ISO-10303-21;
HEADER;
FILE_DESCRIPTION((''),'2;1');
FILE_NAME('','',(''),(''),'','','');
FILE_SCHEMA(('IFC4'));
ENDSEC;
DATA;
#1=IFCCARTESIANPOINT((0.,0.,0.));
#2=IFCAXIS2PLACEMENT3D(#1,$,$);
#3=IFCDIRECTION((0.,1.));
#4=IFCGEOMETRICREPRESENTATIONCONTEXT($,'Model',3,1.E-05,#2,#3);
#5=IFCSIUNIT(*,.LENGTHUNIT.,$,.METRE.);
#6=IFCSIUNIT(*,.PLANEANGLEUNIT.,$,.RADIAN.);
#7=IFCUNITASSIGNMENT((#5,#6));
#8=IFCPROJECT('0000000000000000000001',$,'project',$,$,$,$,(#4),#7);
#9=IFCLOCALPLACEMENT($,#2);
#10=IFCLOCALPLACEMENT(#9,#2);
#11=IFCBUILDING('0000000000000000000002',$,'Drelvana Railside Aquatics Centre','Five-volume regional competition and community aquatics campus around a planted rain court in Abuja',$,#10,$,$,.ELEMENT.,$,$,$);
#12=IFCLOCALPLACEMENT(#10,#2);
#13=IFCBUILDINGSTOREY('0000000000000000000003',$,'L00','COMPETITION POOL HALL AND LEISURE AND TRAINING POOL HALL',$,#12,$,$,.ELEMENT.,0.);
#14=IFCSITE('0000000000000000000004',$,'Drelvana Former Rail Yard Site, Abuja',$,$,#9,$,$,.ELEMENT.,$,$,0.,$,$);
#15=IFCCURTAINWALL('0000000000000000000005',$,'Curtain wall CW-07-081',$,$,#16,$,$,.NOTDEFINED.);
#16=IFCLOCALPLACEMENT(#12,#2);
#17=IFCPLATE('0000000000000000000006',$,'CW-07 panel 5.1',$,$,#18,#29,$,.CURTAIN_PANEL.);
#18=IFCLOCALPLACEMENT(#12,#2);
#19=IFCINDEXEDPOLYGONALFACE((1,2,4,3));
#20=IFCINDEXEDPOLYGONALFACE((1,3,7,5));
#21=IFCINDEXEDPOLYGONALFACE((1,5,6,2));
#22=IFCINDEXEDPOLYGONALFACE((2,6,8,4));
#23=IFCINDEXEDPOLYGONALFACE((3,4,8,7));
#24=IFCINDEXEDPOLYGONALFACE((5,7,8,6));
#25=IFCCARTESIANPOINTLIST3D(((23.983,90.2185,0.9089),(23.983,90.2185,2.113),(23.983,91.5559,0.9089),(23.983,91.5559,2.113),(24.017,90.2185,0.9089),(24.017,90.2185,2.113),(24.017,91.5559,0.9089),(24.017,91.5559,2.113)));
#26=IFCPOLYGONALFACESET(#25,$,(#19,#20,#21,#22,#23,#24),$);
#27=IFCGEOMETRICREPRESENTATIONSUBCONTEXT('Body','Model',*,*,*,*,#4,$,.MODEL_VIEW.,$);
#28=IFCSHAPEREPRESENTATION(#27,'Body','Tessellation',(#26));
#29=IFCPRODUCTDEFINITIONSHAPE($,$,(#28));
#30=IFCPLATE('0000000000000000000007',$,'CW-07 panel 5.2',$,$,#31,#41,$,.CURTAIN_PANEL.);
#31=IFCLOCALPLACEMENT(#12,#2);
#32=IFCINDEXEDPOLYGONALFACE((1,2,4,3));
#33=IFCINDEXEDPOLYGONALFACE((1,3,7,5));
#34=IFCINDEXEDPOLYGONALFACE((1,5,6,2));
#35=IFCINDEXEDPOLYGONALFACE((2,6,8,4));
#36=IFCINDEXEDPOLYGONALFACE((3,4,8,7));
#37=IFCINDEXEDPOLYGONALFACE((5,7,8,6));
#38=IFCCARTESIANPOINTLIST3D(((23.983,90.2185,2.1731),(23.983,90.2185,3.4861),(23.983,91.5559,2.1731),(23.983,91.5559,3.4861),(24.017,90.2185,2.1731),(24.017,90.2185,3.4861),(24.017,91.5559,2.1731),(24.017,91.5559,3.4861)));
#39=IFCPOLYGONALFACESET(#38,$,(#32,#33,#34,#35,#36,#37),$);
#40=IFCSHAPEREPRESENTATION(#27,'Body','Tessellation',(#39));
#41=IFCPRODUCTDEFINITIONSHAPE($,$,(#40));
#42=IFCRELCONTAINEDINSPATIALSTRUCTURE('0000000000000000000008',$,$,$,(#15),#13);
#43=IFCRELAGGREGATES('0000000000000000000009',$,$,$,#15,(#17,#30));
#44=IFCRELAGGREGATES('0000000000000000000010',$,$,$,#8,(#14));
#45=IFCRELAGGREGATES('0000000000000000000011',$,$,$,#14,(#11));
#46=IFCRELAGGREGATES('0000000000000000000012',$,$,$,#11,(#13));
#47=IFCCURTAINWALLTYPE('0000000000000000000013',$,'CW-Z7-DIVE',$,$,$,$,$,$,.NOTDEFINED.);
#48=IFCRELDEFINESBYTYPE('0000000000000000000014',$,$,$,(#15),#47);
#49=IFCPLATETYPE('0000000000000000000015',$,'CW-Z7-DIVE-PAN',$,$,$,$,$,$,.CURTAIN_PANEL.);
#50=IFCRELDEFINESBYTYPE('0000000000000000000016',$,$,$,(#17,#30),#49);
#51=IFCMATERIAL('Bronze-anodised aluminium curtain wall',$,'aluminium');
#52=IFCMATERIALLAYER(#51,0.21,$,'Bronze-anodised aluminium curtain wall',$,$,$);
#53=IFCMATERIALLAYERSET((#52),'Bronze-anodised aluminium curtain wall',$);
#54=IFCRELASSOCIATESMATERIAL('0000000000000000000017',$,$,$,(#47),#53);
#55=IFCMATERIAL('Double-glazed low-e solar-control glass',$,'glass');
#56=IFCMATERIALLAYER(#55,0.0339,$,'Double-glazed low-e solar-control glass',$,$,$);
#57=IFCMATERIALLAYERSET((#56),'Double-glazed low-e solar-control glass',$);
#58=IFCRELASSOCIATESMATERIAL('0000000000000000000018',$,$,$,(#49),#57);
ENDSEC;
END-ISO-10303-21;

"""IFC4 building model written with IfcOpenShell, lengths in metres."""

from ifc_helpers import new_model, si_unit, direction, frame, origin, origin_2d, place, context, subcontext, project, spatial, rectangle, extrude, material, layer, layer_set, type_object, element, aggregate, save


model = new_model("IFC4")

# Units and contexts
model_context = context("Model", 3, precision=1e-05, world=origin(), true_north=direction((0.0, 1.0)))
body_context = subcontext(model_context, "Body", "Model", "MODEL_VIEW")
ifc_project = project(units=[si_unit("LENGTHUNIT", "METRE"), si_unit("PLANEANGLEUNIT", "RADIAN")], contexts=[model_context])

# Site, building, storey
site_placement = place(None, origin())
site = spatial("IfcSite", under=ifc_project, at=site_placement, Name="Drelvana Former Rail Yard Site, Abuja", CompositionType="ELEMENT", RefElevation=0.0)
building_placement = place(site_placement, origin())
building = spatial("IfcBuilding", under=site, at=building_placement, Name="Drelvana Railside Aquatics Centre", Description="Five-volume regional competition and community aquatics campus around a planted rain court in Abuja", CompositionType="ELEMENT")
storey_placement = place(building_placement, origin())
storey = spatial("IfcBuildingStorey", under=building, at=storey_placement, Name="L00", Description="COMPETITION POOL HALL AND LEISURE AND TRAINING POOL HALL", CompositionType="ELEMENT", Elevation=0.0)

# Curtain wall, plates
ifc_material_1 = material(Name="Bronze-anodised aluminium curtain wall", Category="aluminium")
ifc_layer_1 = layer(ifc_material_1, 0.21, Name="Bronze-anodised aluminium curtain wall")
ifc_layer_set_1 = layer_set([ifc_layer_1], Name="Bronze-anodised aluminium curtain wall")
curtain_wall_type = type_object("IfcCurtainWallType", Name="CW-Z7-DIVE", PredefinedType="NOTDEFINED", material=ifc_layer_set_1)
curtain_wall_placement = place(storey_placement, origin())
curtain_wall = element("IfcCurtainWall", 1, at=curtain_wall_placement, inside=storey, type_object=curtain_wall_type, Name="Curtain wall CW-07-081", PredefinedType="NOTDEFINED")
ifc_material_2 = material(Name="Double-glazed low-e solar-control glass", Category="glass")
ifc_layer_2 = layer(ifc_material_2, 0.0339, Name="Double-glazed low-e solar-control glass")
ifc_layer_set_2 = layer_set([ifc_layer_2], Name="Double-glazed low-e solar-control glass")
plate_type = type_object("IfcPlateType", Name="CW-Z7-DIVE-PAN", PredefinedType="CURTAIN_PANEL", material=ifc_layer_set_2)
plate_1_placement = place(storey_placement, frame((24.0, 90.8872, 0.9089), z_axis=(0.0, 0.0, 1.0), x_axis=(0.0, 1.0, 0.0)))
plate_1 = element("IfcPlate", 2, at=plate_1_placement, type_object=plate_type, Name="CW-07 panel 5.1", PredefinedType="CURTAIN_PANEL", context=body_context, shape_type="SweptSolid", body=[
    extrude(rectangle(XDim=1.3374, YDim=0.0339, at=origin_2d()), origin(), (0.0, 0.0, 1.0), 1.2041),
])
plate_2_placement = place(storey_placement, frame((24.0, 90.8872, 2.1731), z_axis=(0.0, 0.0, 1.0), x_axis=(0.0, 1.0, 0.0)))
plate_2 = element("IfcPlate", 3, at=plate_2_placement, type_object=plate_type, Name="CW-07 panel 5.2", PredefinedType="CURTAIN_PANEL", context=body_context, shape_type="SweptSolid", body=[
    extrude(rectangle(XDim=1.3374, YDim=0.0339, at=origin_2d()), origin(), (0.0, 0.0, 1.0), 1.313),
])
aggregate(curtain_wall, [plate_1, plate_2])

save(model, "model.ifc")
